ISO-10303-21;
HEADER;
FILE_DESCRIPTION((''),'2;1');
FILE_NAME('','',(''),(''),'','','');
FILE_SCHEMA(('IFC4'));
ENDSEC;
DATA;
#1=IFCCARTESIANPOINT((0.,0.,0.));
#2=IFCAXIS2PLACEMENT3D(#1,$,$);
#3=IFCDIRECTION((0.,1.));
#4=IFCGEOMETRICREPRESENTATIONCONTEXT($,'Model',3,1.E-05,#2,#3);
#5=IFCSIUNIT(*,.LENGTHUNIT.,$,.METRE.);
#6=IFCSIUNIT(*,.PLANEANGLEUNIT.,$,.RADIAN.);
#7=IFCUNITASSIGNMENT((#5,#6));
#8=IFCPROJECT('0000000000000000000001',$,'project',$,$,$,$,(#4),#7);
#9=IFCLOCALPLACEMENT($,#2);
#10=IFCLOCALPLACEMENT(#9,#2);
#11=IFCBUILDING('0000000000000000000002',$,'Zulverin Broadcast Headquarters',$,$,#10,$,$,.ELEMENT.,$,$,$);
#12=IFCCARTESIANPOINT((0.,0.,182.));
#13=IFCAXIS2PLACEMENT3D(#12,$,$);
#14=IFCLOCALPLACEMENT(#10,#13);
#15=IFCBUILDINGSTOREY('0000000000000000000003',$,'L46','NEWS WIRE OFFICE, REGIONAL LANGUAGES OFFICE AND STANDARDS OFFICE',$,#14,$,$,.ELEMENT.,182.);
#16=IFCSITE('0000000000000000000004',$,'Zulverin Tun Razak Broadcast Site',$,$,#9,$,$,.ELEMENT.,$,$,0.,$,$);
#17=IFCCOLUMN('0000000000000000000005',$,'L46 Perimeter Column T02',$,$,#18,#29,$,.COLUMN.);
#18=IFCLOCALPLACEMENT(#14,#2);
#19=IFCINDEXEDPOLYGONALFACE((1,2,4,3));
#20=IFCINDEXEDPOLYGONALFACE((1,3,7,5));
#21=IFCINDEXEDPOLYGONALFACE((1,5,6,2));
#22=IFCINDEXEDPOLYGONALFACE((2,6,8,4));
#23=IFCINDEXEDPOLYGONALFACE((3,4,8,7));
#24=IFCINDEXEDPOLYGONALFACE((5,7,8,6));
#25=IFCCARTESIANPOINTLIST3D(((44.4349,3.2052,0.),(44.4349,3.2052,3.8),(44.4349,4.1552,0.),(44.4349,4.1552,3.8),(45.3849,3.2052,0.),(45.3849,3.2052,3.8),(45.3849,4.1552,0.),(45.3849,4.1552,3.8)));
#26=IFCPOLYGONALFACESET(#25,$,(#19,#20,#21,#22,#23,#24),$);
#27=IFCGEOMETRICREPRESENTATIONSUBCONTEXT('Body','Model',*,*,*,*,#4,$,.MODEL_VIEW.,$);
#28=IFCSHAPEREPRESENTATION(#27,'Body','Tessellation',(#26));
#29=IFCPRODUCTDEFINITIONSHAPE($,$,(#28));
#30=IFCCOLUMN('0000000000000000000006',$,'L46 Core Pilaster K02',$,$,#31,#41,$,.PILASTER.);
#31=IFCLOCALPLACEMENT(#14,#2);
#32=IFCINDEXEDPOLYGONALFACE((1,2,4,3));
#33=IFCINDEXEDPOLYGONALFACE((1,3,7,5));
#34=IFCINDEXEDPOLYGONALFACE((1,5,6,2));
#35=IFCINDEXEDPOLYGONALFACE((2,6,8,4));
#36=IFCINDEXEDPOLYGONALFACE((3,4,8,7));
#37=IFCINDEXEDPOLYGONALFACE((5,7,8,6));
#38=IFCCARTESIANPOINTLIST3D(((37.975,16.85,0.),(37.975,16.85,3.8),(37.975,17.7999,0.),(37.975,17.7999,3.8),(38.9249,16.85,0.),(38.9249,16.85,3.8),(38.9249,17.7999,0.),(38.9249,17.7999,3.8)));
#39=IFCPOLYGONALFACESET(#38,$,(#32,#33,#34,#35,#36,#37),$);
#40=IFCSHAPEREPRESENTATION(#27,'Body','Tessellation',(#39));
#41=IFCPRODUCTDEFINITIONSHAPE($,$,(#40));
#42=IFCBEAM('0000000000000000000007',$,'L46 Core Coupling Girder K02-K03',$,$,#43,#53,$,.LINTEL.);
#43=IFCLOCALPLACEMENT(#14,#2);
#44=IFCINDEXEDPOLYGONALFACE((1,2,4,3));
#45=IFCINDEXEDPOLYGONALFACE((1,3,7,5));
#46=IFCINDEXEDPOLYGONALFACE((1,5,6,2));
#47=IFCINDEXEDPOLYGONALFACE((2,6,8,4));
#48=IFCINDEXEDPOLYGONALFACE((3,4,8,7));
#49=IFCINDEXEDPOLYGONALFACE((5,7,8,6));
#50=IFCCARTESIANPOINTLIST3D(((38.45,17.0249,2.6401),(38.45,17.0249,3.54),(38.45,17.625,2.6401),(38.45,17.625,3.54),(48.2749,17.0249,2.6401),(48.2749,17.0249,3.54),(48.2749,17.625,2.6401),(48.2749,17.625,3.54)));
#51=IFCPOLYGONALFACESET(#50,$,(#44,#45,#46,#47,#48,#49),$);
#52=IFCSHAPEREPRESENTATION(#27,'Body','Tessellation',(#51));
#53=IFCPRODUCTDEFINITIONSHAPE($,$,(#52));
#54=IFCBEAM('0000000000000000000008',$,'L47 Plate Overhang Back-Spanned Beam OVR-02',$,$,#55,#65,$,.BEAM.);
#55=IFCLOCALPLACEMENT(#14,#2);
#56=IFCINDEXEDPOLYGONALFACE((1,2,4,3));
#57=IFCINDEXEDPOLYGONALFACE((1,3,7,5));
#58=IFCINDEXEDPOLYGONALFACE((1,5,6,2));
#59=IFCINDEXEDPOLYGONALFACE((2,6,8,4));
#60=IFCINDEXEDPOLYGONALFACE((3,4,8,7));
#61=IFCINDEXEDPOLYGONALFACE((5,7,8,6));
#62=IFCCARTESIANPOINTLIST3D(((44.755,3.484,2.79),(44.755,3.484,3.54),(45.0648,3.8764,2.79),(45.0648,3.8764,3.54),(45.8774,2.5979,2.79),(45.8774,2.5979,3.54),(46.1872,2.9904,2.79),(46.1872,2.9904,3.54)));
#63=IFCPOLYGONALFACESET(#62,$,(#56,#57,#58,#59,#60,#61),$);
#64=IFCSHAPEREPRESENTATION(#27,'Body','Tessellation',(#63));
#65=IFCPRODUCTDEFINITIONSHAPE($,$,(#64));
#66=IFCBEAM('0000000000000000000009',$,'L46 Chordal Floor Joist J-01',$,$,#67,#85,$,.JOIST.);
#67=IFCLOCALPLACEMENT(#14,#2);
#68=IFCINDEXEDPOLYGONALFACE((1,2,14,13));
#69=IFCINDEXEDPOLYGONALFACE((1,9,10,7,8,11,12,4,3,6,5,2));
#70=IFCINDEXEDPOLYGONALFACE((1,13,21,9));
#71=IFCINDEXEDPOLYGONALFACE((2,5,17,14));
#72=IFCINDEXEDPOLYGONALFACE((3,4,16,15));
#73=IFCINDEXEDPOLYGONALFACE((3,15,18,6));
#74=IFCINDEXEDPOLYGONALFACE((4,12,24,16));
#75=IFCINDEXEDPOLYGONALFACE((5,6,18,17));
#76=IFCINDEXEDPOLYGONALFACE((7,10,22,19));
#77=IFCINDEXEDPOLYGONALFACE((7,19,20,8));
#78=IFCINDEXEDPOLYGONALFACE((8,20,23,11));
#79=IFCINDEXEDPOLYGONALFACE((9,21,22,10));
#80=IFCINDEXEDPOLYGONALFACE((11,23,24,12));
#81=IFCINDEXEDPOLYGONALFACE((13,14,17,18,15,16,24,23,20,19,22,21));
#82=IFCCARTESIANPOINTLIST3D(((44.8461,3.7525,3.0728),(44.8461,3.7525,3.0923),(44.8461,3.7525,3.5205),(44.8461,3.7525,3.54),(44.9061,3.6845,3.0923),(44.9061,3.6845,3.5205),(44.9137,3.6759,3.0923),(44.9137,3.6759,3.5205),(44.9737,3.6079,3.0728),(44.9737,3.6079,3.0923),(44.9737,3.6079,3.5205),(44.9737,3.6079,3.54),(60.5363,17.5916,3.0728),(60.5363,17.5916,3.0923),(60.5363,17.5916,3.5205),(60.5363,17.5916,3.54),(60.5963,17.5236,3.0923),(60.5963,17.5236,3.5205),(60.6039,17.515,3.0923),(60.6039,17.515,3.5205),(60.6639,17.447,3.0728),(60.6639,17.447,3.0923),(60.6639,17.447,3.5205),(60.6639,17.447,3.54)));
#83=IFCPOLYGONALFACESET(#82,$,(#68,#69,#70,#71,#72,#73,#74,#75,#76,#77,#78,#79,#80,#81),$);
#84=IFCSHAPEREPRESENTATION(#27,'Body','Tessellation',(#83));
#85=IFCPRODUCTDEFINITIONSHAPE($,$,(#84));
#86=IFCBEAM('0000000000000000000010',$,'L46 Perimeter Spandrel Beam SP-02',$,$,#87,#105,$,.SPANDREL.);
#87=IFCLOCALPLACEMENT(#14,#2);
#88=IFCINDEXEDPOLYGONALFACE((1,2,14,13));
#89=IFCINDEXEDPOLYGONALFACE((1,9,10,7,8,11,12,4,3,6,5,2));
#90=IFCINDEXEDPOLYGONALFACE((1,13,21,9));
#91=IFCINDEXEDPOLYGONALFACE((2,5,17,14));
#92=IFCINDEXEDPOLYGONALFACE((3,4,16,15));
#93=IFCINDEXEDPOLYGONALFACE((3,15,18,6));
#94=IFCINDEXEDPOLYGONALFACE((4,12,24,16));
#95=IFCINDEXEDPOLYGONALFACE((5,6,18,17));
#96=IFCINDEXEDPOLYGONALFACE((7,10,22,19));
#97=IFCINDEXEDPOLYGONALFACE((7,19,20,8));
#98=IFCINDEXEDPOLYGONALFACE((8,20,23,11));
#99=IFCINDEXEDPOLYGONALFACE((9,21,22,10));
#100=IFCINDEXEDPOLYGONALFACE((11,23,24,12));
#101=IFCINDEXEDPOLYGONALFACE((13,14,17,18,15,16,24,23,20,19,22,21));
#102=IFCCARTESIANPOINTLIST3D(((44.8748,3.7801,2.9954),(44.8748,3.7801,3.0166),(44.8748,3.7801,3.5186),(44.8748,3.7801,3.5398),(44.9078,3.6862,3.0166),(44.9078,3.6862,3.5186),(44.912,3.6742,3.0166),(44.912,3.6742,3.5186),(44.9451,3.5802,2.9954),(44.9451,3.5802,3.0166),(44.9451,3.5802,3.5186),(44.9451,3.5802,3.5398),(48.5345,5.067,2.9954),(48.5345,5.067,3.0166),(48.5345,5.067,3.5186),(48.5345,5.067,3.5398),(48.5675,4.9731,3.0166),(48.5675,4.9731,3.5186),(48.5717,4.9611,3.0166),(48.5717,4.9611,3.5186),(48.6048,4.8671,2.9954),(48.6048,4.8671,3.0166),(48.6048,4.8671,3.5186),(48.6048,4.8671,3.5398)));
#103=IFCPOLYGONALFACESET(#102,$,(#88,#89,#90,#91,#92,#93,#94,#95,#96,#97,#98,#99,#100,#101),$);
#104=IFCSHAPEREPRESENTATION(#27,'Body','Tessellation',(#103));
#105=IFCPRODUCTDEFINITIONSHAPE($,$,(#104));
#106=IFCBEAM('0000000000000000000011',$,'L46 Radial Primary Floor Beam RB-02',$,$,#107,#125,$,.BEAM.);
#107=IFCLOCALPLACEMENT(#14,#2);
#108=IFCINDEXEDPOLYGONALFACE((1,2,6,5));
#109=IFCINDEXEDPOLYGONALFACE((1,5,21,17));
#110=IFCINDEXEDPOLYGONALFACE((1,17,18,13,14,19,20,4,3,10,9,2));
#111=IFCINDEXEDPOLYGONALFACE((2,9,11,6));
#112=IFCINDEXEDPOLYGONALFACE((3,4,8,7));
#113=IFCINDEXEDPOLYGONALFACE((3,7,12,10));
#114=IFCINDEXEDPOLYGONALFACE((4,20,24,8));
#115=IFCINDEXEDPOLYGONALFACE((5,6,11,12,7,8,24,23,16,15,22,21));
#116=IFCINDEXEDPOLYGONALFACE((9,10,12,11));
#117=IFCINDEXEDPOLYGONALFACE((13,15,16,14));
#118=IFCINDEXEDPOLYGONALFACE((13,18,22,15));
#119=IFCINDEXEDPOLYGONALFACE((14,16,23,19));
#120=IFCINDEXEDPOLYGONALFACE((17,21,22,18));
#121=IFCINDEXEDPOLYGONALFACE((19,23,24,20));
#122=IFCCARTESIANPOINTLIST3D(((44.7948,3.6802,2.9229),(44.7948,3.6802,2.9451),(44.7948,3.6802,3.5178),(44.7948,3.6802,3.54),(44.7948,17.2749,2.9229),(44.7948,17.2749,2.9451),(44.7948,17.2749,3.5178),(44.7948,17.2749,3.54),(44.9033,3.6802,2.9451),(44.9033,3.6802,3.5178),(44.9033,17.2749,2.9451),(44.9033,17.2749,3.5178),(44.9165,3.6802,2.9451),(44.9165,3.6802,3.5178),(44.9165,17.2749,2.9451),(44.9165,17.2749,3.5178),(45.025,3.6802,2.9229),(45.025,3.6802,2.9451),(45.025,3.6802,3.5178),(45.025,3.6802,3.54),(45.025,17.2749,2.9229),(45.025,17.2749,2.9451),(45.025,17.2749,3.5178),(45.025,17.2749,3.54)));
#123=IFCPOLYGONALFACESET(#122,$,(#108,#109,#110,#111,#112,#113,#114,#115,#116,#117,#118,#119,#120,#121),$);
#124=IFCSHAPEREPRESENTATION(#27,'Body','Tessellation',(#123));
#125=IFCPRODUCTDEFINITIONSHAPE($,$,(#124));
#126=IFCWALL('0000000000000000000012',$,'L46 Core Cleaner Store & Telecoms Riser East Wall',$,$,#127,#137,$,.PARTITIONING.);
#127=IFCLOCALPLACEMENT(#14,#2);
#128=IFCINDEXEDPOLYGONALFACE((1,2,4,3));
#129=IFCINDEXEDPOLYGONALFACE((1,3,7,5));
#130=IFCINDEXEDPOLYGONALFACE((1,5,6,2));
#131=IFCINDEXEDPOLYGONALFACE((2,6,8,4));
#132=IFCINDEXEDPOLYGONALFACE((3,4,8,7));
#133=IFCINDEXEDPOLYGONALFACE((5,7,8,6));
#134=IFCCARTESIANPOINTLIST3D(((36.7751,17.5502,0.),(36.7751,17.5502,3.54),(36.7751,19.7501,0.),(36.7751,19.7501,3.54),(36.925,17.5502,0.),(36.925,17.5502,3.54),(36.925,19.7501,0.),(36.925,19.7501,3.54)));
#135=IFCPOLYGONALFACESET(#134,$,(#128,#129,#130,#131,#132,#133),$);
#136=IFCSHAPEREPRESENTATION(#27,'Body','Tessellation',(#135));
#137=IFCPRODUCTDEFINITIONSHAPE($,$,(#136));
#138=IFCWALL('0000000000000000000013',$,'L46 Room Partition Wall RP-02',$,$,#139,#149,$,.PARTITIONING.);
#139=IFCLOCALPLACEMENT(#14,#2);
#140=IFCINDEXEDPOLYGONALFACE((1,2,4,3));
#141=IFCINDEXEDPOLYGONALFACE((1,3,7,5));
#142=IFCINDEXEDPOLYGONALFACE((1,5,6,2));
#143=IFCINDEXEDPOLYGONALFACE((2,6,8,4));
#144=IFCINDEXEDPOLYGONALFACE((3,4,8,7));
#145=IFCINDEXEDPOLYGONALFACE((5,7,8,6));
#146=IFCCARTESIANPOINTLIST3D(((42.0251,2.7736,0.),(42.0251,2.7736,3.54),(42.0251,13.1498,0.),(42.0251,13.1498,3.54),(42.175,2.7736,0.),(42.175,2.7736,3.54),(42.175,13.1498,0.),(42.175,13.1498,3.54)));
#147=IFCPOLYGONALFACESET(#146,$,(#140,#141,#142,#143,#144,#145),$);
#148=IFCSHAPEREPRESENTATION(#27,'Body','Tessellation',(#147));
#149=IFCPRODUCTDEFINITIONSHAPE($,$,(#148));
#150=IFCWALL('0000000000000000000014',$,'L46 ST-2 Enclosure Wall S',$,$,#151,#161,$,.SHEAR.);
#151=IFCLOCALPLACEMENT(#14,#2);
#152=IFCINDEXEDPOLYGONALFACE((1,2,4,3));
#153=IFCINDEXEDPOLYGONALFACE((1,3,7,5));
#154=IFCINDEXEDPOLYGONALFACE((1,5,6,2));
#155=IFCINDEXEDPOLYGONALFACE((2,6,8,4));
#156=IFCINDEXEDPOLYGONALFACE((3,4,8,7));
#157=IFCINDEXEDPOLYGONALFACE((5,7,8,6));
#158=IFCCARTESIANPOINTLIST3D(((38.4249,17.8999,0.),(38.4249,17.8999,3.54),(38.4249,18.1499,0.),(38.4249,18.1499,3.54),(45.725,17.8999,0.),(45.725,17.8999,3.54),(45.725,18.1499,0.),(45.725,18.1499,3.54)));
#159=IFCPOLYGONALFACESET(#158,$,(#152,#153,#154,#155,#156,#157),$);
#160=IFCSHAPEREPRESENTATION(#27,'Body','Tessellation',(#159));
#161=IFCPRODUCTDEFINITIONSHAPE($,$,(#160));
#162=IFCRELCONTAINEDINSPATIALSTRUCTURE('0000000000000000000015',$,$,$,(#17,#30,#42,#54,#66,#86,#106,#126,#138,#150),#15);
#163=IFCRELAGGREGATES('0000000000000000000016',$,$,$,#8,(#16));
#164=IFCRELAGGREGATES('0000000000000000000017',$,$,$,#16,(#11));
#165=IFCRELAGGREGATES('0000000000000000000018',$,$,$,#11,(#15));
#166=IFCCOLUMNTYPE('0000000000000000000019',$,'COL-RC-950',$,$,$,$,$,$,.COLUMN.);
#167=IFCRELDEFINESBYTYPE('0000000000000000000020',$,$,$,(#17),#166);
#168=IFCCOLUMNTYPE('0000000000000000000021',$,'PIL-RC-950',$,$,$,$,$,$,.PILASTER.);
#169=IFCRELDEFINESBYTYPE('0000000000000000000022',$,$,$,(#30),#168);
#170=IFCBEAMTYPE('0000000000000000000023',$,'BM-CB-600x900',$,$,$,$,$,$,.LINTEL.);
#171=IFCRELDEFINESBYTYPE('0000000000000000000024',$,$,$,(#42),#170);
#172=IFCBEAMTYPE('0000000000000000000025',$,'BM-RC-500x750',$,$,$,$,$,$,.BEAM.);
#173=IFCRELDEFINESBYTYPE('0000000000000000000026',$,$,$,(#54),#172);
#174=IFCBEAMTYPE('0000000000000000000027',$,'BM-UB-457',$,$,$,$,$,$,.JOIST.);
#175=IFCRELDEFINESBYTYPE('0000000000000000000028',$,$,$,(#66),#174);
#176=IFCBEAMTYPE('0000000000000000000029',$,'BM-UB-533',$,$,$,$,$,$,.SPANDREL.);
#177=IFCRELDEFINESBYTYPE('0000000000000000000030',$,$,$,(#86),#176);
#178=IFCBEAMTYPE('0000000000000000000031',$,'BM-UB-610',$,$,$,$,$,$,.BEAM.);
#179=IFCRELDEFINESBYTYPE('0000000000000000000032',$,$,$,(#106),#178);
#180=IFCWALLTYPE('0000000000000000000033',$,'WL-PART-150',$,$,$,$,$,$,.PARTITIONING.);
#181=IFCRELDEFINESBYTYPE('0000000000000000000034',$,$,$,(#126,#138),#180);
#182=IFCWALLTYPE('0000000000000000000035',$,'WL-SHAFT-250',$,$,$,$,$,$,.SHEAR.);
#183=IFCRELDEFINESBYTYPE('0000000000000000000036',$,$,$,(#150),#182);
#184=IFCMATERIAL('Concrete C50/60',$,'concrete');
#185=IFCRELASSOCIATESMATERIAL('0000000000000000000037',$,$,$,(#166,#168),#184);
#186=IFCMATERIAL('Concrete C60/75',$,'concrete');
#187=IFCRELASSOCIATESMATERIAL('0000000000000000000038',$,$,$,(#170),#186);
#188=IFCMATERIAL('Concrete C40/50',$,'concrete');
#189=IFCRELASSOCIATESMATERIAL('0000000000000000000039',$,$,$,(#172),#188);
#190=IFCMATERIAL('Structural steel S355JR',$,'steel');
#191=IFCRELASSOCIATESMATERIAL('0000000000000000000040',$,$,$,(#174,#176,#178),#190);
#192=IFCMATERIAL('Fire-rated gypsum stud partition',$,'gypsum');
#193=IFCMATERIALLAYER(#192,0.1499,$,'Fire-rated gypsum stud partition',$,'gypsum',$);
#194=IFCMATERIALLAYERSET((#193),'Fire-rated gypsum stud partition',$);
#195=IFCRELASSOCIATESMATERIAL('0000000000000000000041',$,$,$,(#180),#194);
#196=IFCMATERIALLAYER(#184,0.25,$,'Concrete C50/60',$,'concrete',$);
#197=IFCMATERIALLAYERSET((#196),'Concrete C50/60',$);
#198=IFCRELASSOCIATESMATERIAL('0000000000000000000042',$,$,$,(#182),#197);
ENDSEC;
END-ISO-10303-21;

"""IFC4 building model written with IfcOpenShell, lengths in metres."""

from ifc_helpers import new_model, si_unit, direction, frame, frame_2d, origin, origin_2d, place, context, subcontext, project, spatial, rectangle, i_section, extrude, material, layer, layer_set, material_profile, profile_set, type_object, element, save


model = new_model("IFC4")

# Units and contexts
model_context = context("Model", 3, precision=1e-05, world=origin(), true_north=direction((0.0, 1.0)))
body_context = subcontext(model_context, "Body", "Model", "MODEL_VIEW")
ifc_project = project(units=[si_unit("LENGTHUNIT", "METRE"), si_unit("PLANEANGLEUNIT", "RADIAN")], contexts=[model_context])

# Site, building, storey
site_placement = place(None, origin())
site = spatial("IfcSite", under=ifc_project, at=site_placement, Name="Zulverin Tun Razak Broadcast Site", CompositionType="ELEMENT", RefElevation=0.0)
building_placement = place(site_placement, origin())
building = spatial("IfcBuilding", under=site, at=building_placement, Name="Zulverin Broadcast Headquarters", CompositionType="ELEMENT")
storey_placement = place(building_placement, frame((0.0, 0.0, 182.0)))
storey = spatial("IfcBuildingStorey", under=building, at=storey_placement, Name="L46", Description="NEWS WIRE OFFICE, REGIONAL LANGUAGES OFFICE AND STANDARDS OFFICE", CompositionType="ELEMENT", Elevation=182.0)

# Columns
ifc_material_1 = material(Name="Concrete C50/60", Category="concrete")
ifc_material_profile_1 = material_profile(ifc_material_1, rectangle(XDim=0.95, YDim=0.95, at=origin_2d()), Name="Concrete C50/60", Category="concrete")
ifc_profile_set_1 = profile_set([ifc_material_profile_1], Name="Concrete C50/60")
column_type_1 = type_object("IfcColumnType", Name="COL-RC-950", PredefinedType="COLUMN", material=ifc_profile_set_1)
column_1_placement = place(storey_placement, frame((44.9099, 3.6802, 0.0), z_axis=(0.0, 0.0, 1.0), x_axis=(1.0, 0.0, 0.0)))
element("IfcColumn", 1, at=column_1_placement, inside=storey, type_object=column_type_1, Name="L46 Perimeter Column T02", PredefinedType="COLUMN", context=body_context, shape_type="SweptSolid", body=[
    extrude(rectangle(XDim=0.95, YDim=0.95, at=origin_2d()), origin(), (0.0, 0.0, 1.0), 3.8),
])
ifc_material_profile_2 = material_profile(ifc_material_1, rectangle(XDim=0.95, YDim=0.95, at=origin_2d()), Name="Concrete C50/60", Category="concrete")
ifc_profile_set_2 = profile_set([ifc_material_profile_2], Name="Concrete C50/60")
column_type_2 = type_object("IfcColumnType", Name="PIL-RC-950", PredefinedType="PILASTER", material=ifc_profile_set_2)
column_2_placement = place(storey_placement, frame((38.45, 17.325, 0.0), z_axis=(0.0, 0.0, 1.0), x_axis=(1.0, 0.0, 0.0)))
element("IfcColumn", 2, at=column_2_placement, inside=storey, type_object=column_type_2, Name="L46 Core Pilaster K02", PredefinedType="PILASTER", context=body_context, shape_type="SweptSolid", body=[
    extrude(rectangle(XDim=0.95, YDim=0.95, at=origin_2d()), origin(), (0.0, 0.0, 1.0), 3.8),
])

# Beams
ifc_material_2 = material(Name="Concrete C60/75", Category="concrete")
ifc_material_profile_3 = material_profile(ifc_material_2, rectangle(XDim=0.6001, YDim=0.8999, at=origin_2d()), Name="Concrete C60/75", Category="concrete")
ifc_profile_set_3 = profile_set([ifc_material_profile_3], Name="Concrete C60/75")
beam_type_1 = type_object("IfcBeamType", Name="BM-CB-600x900", PredefinedType="LINTEL", material=ifc_profile_set_3)
beam_1_placement = place(storey_placement, frame((38.45, 17.325, 3.0901), z_axis=(1.0, 0.0, 0.0), x_axis=(0.0, 1.0, 0.0)))
element("IfcBeam", 3, at=beam_1_placement, inside=storey, type_object=beam_type_1, Name="L46 Core Coupling Girder K02-K03", PredefinedType="LINTEL", context=body_context, shape_type="SweptSolid", body=[
    extrude(rectangle(XDim=0.6001, YDim=0.8999, at=origin_2d()), origin(), (0.0, 0.0, 1.0), 9.825),
])
ifc_material_3 = material(Name="Concrete C40/50", Category="concrete")
ifc_material_profile_4 = material_profile(ifc_material_3, rectangle(XDim=0.5, YDim=0.75, at=origin_2d()), Name="Concrete C40/50", Category="concrete")
ifc_profile_set_4 = profile_set([ifc_material_profile_4], Name="Concrete C40/50")
beam_type_2 = type_object("IfcBeamType", Name="BM-RC-500x750", PredefinedType="BEAM", material=ifc_profile_set_4)
beam_2_placement = place(storey_placement, frame((44.9099, 3.6802, 3.165), z_axis=(0.7849, -0.619622, 0.0), x_axis=(0.619622, 0.7849, 0.0)))
element("IfcBeam", 4, at=beam_2_placement, inside=storey, type_object=beam_type_2, Name="L47 Plate Overhang Back-Spanned Beam OVR-02", PredefinedType="BEAM", context=body_context, shape_type="SweptSolid", body=[
    extrude(rectangle(XDim=0.5, YDim=0.75, at=origin_2d()), origin(), (0.0, 0.0, 1.0), 1.4299),
])
ifc_material_4 = material(Name="Structural steel S355JR", Category="steel")
ifc_material_profile_5 = material_profile(ifc_material_4, i_section(OverallWidth=0.1929, OverallDepth=0.4673, WebThickness=0.0115, FlangeThickness=0.0195, at=origin_2d()), Name="Structural steel S355JR", Category="steel")
ifc_profile_set_5 = profile_set([ifc_material_profile_5], Name="Structural steel S355JR")
beam_type_3 = type_object("IfcBeamType", Name="BM-UB-457", PredefinedType="JOIST", material=ifc_profile_set_5)
beam_3_placement = place(storey_placement, frame((44.9099, 3.6802, 3.3064), z_axis=(0.74996, 0.661483, 0.0), x_axis=(-0.661483, 0.74996, 0.0)))
element("IfcBeam", 5, at=beam_3_placement, inside=storey, type_object=beam_type_3, Name="L46 Chordal Floor Joist J-01", PredefinedType="JOIST", context=body_context, shape_type="SweptSolid", body=[
    extrude(i_section(OverallWidth=0.1929, OverallDepth=0.4673, WebThickness=0.0115, FlangeThickness=0.0195, at=origin_2d()), origin(), (0.0, 0.0, 1.0), 20.9214),
])
ifc_material_profile_6 = material_profile(ifc_material_4, i_section(OverallWidth=0.2119, OverallDepth=0.5444, WebThickness=0.0127, FlangeThickness=0.0212, at=origin_2d()), Name="Structural steel S355JR", Category="steel")
ifc_profile_set_6 = profile_set([ifc_material_profile_6], Name="Structural steel S355JR")
beam_type_4 = type_object("IfcBeamType", Name="BM-UB-533", PredefinedType="SPANDREL", material=ifc_profile_set_6)
beam_4_placement = place(storey_placement, frame((44.9099, 3.6802, 3.2676), z_axis=(0.943377, 0.331724, 0.0), x_axis=(-0.331724, 0.943377, 0.0)))
element("IfcBeam", 6, at=beam_4_placement, inside=storey, type_object=beam_type_4, Name="L46 Perimeter Spandrel Beam SP-02", PredefinedType="SPANDREL", context=body_context, shape_type="SweptSolid", body=[
    extrude(i_section(OverallWidth=0.2119, OverallDepth=0.5444, WebThickness=0.0127, FlangeThickness=0.0212, at=origin_2d()), origin(), (0.0, 0.0, 1.0), 3.8794),
])
ifc_material_profile_7 = material_profile(ifc_material_4, i_section(OverallWidth=0.2302, OverallDepth=0.6172, WebThickness=0.0132, FlangeThickness=0.0222, at=origin_2d()), Name="Structural steel S355JR", Category="steel")
ifc_profile_set_7 = profile_set([ifc_material_profile_7], Name="Structural steel S355JR")
beam_type_5 = type_object("IfcBeamType", Name="BM-UB-610", PredefinedType="BEAM", material=ifc_profile_set_7)
beam_5_placement = place(storey_placement, frame((44.9099, 17.2749, 3.2314), z_axis=(0.0, -1.0, 0.0), x_axis=(1.0, 0.0, 0.0)))
element("IfcBeam", 7, at=beam_5_placement, inside=storey, type_object=beam_type_5, Name="L46 Radial Primary Floor Beam RB-02", PredefinedType="BEAM", context=body_context, shape_type="SweptSolid", body=[
    extrude(i_section(OverallWidth=0.2302, OverallDepth=0.6172, WebThickness=0.0132, FlangeThickness=0.0222, at=origin_2d()), origin(), (0.0, 0.0, 1.0), 13.5947),
])

# Walls
ifc_material_5 = material(Name="Fire-rated gypsum stud partition", Category="gypsum")
ifc_layer_1 = layer(ifc_material_5, 0.1499, Name="Fire-rated gypsum stud partition", Category="gypsum")
ifc_layer_set_1 = layer_set([ifc_layer_1], Name="Fire-rated gypsum stud partition")
wall_type_1 = type_object("IfcWallType", Name="WL-PART-150", PredefinedType="PARTITIONING", material=ifc_layer_set_1)
wall_1_placement = place(storey_placement, frame((36.8501, 17.55, 0.0), z_axis=(0.0, 0.0, 1.0), x_axis=(0.0, 1.0, 0.0)))
element("IfcWall", 8, at=wall_1_placement, inside=storey, type_object=wall_type_1, Name="L46 Core Cleaner Store & Telecoms Riser East Wall", PredefinedType="PARTITIONING", context=body_context, shape_type="SweptSolid", body=[
    extrude(rectangle(XDim=2.2, YDim=0.1499, at=frame_2d((1.1001, 0.0))), origin(), (0.0, 0.0, 1.0), 3.54),
])
wall_2_placement = place(storey_placement, frame((42.1001, 2.7737, 0.0), z_axis=(0.0, 0.0, 1.0), x_axis=(0.0, 1.0, 0.0)))
element("IfcWall", 9, at=wall_2_placement, inside=storey, type_object=wall_type_1, Name="L46 Room Partition Wall RP-02", PredefinedType="PARTITIONING", context=body_context, shape_type="SweptSolid", body=[
    extrude(rectangle(XDim=10.3762, YDim=0.1499, at=frame_2d((5.188, 0.0))), origin(), (0.0, 0.0, 1.0), 3.54),
])
ifc_layer_2 = layer(ifc_material_1, 0.25, Name="Concrete C50/60", Category="concrete")
ifc_layer_set_2 = layer_set([ifc_layer_2], Name="Concrete C50/60")
wall_type_2 = type_object("IfcWallType", Name="WL-SHAFT-250", PredefinedType="SHEAR", material=ifc_layer_set_2)
wall_3_placement = place(storey_placement, frame((38.425, 18.0249, 0.0), z_axis=(0.0, 0.0, 1.0), x_axis=(1.0, 0.0, 0.0)))
element("IfcWall", 10, at=wall_3_placement, inside=storey, type_object=wall_type_2, Name="L46 ST-2 Enclosure Wall S", PredefinedType="SHEAR", context=body_context, shape_type="SweptSolid", body=[
    extrude(rectangle(XDim=7.3, YDim=0.25, at=frame_2d((3.6499, 0.0))), origin(), (0.0, 0.0, 1.0), 3.54),
])

save(model, "model.ifc")
